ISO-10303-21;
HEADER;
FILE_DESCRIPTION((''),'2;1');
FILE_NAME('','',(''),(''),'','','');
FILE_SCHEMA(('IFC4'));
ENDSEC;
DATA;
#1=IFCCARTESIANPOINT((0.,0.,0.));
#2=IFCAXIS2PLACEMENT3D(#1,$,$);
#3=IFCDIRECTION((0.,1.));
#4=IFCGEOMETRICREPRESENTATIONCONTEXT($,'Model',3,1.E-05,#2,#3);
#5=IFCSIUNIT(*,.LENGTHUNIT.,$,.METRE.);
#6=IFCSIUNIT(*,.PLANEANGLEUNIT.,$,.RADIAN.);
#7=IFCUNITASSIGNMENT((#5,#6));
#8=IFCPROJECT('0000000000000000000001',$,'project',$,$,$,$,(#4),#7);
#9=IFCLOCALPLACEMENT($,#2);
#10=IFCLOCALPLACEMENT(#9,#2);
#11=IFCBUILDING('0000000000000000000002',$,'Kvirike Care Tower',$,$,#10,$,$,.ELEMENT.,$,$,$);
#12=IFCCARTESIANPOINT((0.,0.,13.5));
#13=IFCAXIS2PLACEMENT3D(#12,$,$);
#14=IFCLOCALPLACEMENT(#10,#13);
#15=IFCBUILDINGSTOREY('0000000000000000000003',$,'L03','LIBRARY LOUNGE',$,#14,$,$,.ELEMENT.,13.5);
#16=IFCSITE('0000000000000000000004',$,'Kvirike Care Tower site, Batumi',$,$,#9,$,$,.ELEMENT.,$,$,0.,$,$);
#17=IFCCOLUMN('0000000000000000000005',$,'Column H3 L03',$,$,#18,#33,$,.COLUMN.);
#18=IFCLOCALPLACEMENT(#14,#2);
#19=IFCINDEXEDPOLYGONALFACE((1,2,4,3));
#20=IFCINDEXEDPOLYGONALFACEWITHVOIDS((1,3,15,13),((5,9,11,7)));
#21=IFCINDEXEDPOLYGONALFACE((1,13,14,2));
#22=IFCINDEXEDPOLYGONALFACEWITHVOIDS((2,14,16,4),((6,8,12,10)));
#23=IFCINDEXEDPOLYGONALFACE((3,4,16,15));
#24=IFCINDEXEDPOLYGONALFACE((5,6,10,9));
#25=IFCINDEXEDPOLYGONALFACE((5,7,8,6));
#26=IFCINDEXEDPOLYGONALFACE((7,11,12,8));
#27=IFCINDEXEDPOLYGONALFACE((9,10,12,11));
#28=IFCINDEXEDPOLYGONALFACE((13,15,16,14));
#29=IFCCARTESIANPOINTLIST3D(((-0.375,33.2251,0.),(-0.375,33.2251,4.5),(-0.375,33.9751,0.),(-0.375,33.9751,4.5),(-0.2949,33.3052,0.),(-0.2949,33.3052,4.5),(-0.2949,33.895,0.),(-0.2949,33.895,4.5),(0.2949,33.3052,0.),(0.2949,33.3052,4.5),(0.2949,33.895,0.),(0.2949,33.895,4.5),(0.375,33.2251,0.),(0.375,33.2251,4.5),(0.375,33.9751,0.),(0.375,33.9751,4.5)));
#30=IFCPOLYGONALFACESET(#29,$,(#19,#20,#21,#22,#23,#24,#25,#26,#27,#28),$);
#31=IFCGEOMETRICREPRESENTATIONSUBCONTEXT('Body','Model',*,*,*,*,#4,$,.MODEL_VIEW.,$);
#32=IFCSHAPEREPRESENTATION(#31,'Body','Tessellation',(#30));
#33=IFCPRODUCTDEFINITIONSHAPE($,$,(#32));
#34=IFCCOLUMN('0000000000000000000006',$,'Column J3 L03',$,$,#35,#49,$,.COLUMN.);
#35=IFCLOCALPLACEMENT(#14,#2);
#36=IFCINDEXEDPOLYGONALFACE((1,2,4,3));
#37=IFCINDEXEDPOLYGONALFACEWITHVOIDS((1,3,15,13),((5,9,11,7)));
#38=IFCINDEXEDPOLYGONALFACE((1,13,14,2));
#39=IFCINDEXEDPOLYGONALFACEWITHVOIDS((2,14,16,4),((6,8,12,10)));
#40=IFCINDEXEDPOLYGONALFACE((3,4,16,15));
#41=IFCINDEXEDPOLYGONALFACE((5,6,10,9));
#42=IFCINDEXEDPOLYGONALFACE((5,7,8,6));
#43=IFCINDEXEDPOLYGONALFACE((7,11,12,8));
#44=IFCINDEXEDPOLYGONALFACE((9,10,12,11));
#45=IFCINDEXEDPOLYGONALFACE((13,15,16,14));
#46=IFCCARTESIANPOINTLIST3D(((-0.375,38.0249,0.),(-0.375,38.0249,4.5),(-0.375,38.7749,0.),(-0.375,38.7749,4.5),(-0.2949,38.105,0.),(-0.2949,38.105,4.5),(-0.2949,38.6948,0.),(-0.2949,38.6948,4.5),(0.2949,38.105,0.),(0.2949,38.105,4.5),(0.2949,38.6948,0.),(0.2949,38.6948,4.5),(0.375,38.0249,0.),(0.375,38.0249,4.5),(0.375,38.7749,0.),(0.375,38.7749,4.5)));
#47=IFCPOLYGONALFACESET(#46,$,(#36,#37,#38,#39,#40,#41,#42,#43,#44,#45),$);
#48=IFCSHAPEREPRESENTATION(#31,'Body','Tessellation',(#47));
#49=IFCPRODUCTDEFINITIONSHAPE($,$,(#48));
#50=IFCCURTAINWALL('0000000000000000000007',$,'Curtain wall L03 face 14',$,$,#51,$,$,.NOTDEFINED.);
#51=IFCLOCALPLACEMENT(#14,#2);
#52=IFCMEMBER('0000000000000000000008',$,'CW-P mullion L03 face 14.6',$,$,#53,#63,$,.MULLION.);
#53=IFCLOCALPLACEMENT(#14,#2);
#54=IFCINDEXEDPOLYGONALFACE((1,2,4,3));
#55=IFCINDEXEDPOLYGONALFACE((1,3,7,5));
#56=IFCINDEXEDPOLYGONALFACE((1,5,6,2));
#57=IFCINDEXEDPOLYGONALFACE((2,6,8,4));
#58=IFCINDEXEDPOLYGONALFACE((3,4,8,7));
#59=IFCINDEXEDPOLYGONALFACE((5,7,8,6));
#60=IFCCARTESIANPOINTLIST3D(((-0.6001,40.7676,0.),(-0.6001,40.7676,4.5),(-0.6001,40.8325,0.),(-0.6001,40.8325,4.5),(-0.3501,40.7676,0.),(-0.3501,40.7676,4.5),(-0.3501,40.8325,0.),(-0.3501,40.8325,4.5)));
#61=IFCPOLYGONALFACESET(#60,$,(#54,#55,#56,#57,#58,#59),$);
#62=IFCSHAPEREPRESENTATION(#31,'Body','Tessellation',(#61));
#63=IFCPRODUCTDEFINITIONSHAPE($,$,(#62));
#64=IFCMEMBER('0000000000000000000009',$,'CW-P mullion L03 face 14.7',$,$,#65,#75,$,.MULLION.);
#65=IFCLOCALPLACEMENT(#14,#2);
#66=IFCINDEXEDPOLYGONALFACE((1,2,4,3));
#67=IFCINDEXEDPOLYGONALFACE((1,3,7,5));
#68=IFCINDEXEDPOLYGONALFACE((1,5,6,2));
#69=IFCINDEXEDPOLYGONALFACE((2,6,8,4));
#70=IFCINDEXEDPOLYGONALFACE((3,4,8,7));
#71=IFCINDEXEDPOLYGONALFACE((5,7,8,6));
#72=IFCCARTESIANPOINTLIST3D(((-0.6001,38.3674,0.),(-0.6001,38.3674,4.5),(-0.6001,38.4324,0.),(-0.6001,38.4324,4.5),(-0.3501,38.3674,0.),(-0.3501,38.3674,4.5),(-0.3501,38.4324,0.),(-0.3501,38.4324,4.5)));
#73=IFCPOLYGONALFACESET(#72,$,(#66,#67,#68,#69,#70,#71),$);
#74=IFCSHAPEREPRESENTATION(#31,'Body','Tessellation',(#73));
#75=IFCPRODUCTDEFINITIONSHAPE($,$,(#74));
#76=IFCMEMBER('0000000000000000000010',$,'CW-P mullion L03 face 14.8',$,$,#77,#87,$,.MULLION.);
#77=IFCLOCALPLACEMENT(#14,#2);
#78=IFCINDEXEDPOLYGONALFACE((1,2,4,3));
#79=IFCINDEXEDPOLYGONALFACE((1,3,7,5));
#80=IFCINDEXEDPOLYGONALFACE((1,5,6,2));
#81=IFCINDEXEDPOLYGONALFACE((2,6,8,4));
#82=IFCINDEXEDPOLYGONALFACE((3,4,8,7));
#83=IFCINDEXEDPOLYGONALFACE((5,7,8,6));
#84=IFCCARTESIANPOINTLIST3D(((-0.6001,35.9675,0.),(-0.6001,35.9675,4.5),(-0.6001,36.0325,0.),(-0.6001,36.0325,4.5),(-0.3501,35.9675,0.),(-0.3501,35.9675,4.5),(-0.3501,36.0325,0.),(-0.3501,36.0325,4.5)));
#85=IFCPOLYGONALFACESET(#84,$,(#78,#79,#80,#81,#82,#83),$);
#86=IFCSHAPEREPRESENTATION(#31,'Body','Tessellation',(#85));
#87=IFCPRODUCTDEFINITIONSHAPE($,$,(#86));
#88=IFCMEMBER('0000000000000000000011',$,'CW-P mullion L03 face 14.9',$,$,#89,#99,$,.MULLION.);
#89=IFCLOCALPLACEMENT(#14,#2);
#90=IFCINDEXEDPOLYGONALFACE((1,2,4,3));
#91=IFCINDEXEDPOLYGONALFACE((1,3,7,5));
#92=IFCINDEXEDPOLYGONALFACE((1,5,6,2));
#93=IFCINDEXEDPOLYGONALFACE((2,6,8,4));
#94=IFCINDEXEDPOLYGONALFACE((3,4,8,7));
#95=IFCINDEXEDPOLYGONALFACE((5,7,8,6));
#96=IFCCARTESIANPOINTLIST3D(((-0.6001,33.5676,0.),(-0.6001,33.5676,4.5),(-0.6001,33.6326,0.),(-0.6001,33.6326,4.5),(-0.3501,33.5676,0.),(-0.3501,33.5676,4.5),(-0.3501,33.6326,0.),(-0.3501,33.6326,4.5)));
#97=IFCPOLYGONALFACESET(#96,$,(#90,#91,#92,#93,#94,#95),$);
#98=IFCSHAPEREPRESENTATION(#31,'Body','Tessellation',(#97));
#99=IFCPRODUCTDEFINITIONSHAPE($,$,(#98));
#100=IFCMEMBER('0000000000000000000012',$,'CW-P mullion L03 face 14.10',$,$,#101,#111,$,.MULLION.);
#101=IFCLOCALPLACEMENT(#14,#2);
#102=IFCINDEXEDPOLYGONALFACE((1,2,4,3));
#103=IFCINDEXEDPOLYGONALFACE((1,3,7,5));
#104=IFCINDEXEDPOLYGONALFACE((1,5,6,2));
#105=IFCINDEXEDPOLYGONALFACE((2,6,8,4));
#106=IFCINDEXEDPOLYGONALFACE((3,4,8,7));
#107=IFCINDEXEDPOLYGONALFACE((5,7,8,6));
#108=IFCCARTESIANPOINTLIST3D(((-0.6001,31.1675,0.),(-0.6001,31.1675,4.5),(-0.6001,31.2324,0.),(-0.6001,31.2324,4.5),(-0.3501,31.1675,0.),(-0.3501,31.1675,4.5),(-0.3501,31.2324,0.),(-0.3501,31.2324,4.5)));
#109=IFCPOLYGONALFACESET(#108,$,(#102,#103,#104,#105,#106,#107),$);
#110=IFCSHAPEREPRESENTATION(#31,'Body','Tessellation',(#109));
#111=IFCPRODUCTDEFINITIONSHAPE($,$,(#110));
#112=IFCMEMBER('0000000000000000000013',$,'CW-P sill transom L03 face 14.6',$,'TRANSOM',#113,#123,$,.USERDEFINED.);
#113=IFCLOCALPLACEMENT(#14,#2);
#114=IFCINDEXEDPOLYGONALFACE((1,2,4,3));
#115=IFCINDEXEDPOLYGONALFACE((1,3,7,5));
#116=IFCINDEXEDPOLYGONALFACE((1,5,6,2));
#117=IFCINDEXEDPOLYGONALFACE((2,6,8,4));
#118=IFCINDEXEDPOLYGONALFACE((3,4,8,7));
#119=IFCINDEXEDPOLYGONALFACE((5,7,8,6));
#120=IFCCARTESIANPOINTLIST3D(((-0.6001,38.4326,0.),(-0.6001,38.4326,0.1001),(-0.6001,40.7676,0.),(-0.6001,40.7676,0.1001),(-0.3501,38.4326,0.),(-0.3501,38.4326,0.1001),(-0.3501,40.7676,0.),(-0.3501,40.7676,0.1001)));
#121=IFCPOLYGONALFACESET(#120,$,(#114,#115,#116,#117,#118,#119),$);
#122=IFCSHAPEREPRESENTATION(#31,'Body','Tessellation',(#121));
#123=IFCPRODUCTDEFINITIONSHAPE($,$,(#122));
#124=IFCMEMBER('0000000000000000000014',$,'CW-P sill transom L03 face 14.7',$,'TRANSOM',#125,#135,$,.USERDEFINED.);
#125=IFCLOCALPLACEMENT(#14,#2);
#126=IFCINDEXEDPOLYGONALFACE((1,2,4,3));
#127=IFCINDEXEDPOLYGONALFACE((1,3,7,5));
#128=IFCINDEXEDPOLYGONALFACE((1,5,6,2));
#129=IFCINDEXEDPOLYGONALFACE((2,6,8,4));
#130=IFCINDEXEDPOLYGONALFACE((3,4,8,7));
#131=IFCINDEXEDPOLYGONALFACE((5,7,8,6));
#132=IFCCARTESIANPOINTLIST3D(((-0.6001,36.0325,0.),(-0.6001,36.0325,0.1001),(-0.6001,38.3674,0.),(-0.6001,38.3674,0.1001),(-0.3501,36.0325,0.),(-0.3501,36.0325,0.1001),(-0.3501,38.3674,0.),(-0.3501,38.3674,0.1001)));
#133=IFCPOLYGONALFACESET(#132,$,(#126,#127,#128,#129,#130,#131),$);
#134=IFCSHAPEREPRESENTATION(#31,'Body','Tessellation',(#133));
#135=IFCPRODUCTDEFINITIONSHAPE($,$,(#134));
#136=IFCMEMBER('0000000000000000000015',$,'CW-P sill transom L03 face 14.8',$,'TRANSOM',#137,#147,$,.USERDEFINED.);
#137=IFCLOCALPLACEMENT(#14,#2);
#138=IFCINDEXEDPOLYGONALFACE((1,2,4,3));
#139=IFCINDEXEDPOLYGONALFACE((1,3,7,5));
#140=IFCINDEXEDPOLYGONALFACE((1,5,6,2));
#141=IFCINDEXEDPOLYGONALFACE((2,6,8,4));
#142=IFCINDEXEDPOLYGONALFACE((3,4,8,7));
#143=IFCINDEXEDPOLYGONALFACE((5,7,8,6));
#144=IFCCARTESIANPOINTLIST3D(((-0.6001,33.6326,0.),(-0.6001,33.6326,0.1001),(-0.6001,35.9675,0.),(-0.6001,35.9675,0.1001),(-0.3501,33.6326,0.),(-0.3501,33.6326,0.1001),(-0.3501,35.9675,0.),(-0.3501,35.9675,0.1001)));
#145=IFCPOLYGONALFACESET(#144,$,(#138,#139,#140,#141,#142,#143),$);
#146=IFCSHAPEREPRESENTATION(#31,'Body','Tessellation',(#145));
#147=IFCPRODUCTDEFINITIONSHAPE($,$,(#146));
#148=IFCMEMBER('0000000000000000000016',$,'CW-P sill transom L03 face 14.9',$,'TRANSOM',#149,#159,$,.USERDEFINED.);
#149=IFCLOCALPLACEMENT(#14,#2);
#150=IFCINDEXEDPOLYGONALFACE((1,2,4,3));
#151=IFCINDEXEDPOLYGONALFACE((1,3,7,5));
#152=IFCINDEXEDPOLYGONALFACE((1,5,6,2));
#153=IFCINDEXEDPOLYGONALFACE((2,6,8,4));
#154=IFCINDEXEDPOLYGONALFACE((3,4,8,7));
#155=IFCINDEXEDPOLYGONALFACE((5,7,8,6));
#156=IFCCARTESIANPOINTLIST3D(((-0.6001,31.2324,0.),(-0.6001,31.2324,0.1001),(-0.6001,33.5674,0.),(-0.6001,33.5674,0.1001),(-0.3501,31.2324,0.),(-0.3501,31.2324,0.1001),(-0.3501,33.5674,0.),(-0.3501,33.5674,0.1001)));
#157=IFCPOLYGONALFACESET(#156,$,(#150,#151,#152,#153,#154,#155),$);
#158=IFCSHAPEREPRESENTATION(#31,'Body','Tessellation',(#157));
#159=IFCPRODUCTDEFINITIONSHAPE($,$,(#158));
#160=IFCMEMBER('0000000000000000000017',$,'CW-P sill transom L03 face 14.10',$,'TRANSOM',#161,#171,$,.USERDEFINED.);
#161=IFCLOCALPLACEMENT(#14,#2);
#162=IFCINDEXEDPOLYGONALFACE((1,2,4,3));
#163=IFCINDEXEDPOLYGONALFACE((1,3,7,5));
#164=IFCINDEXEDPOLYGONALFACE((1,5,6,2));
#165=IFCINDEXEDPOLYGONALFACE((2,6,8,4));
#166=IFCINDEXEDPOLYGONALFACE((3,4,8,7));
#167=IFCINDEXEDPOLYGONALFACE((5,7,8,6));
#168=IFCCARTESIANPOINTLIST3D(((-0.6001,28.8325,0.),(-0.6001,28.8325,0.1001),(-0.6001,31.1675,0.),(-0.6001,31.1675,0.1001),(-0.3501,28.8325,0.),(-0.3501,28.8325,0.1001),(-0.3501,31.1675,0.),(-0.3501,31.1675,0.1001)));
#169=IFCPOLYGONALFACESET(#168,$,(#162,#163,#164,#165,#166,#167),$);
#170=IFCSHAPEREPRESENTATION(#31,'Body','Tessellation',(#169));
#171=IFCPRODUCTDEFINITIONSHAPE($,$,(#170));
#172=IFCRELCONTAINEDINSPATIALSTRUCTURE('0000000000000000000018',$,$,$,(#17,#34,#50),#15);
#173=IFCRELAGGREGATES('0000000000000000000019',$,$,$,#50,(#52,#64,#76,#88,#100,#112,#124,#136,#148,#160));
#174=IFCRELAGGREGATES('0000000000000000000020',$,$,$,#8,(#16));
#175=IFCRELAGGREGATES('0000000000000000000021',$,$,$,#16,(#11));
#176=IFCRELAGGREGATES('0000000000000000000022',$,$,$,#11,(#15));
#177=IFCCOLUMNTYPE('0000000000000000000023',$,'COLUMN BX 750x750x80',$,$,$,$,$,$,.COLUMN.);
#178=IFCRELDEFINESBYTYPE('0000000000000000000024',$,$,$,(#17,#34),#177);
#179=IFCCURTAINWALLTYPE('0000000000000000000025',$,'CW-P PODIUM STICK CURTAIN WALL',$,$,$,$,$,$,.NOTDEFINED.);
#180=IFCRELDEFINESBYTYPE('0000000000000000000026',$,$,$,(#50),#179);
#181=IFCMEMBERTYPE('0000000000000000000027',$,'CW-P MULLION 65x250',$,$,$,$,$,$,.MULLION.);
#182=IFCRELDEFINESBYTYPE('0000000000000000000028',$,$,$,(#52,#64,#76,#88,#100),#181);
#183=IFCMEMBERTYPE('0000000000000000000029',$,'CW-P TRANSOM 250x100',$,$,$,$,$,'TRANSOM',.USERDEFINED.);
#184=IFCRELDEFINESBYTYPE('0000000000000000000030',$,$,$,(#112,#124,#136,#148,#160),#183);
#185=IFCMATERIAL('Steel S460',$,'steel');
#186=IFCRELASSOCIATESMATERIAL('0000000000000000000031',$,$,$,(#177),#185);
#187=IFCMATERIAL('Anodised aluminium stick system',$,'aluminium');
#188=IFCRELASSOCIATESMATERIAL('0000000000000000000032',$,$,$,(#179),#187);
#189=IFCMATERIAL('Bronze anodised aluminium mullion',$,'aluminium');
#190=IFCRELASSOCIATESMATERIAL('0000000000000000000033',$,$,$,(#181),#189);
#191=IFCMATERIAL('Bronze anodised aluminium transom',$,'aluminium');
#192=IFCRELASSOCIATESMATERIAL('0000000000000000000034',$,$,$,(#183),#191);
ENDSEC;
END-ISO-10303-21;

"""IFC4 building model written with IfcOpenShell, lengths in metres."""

from ifc_helpers import new_model, si_unit, direction, frame, origin, origin_2d, place, context, subcontext, project, spatial, rectangle, hollow_rectangle, extrude, material, material_profile, profile_set, type_object, element, aggregate, save


model = new_model("IFC4")

# Units and contexts
model_context = context("Model", 3, precision=1e-05, world=origin(), true_north=direction((0.0, 1.0)))
body_context = subcontext(model_context, "Body", "Model", "MODEL_VIEW")
ifc_project = project(units=[si_unit("LENGTHUNIT", "METRE"), si_unit("PLANEANGLEUNIT", "RADIAN")], contexts=[model_context])

# Site, building, storey
site_placement = place(None, origin())
site = spatial("IfcSite", under=ifc_project, at=site_placement, Name="Kvirike Care Tower site, Batumi", CompositionType="ELEMENT", RefElevation=0.0)
building_placement = place(site_placement, origin())
building = spatial("IfcBuilding", under=site, at=building_placement, Name="Kvirike Care Tower", CompositionType="ELEMENT")
storey_placement = place(building_placement, frame((0.0, 0.0, 13.5)))
storey = spatial("IfcBuildingStorey", under=building, at=storey_placement, Name="L03", Description="LIBRARY LOUNGE", CompositionType="ELEMENT", Elevation=13.5)

# Columns
ifc_material_1 = material(Name="Steel S460", Category="steel")
ifc_material_profile_1 = material_profile(ifc_material_1, hollow_rectangle(XDim=0.75, YDim=0.75, WallThickness=0.0801, at=origin_2d()), Name="BX 750x750x80")
ifc_profile_set_1 = profile_set([ifc_material_profile_1], Name="Steel S460")
column_type = type_object("IfcColumnType", Name="COLUMN BX 750x750x80", PredefinedType="COLUMN", material=ifc_profile_set_1)
for number, where, z_axis, x_axis, name in (
    (1, (0.0, 33.6001, 0.0), (0.0, 0.0, 1.0), (1.0, 0.0, 0.0), "Column H3 L03"),
    (2, (0.0, 38.3999, 0.0), (0.0, 0.0, 1.0), (1.0, 0.0, 0.0), "Column J3 L03"),
):
    element("IfcColumn", number, at=place(storey_placement, frame(where, z_axis=z_axis, x_axis=x_axis)), inside=storey, type_object=column_type, Name=name, PredefinedType="COLUMN", context=body_context, shape_type="SweptSolid", body=[
        extrude(hollow_rectangle(XDim=0.75, YDim=0.75, WallThickness=0.0801, at=origin_2d()), origin(), (0.0, 0.0, 1.0), 4.5),
    ])

# Curtain wall, members
ifc_material_2 = material(Name="Anodised aluminium stick system", Category="aluminium")
curtain_wall_type = type_object("IfcCurtainWallType", Name="CW-P PODIUM STICK CURTAIN WALL", PredefinedType="NOTDEFINED", material=ifc_material_2)
curtain_wall_placement = place(storey_placement, origin())
curtain_wall = element("IfcCurtainWall", 3, at=curtain_wall_placement, inside=storey, type_object=curtain_wall_type, Name="Curtain wall L03 face 14", PredefinedType="NOTDEFINED")
ifc_material_3 = material(Name="Bronze anodised aluminium mullion", Category="aluminium")
ifc_material_profile_2 = material_profile(ifc_material_3, rectangle(XDim=0.0649, YDim=0.25, at=origin_2d()), Name="CW-P MULLION 65x250")
ifc_profile_set_2 = profile_set([ifc_material_profile_2], Name="Bronze anodised aluminium mullion")
member_type_1 = type_object("IfcMemberType", Name="CW-P MULLION 65x250", PredefinedType="MULLION", material=ifc_profile_set_2)
member_1_placement = place(storey_placement, frame((-0.4751, 40.8, 0.0), z_axis=(0.0, 0.0, 1.0), x_axis=(0.0, -1.0, 0.0)))
member_1 = element("IfcMember", 4, at=member_1_placement, type_object=member_type_1, Name="CW-P mullion L03 face 14.6", PredefinedType="MULLION", context=body_context, shape_type="SweptSolid", body=[
    extrude(rectangle(XDim=0.0649, YDim=0.25, at=origin_2d()), origin(), (0.0, 0.0, 1.0), 4.5),
])
member_2_placement = place(storey_placement, frame((-0.4751, 38.3999, 0.0), z_axis=(0.0, 0.0, 1.0), x_axis=(0.0, -1.0, 0.0)))
member_2 = element("IfcMember", 5, at=member_2_placement, type_object=member_type_1, Name="CW-P mullion L03 face 14.7", PredefinedType="MULLION", context=body_context, shape_type="SweptSolid", body=[
    extrude(rectangle(XDim=0.0649, YDim=0.25, at=origin_2d()), origin(), (0.0, 0.0, 1.0), 4.5),
])
member_3_placement = place(storey_placement, frame((-0.4751, 36.0, 0.0), z_axis=(0.0, 0.0, 1.0), x_axis=(0.0, -1.0, 0.0)))
member_3 = element("IfcMember", 6, at=member_3_placement, type_object=member_type_1, Name="CW-P mullion L03 face 14.8", PredefinedType="MULLION", context=body_context, shape_type="SweptSolid", body=[
    extrude(rectangle(XDim=0.0649, YDim=0.25, at=origin_2d()), origin(), (0.0, 0.0, 1.0), 4.5),
])
member_4_placement = place(storey_placement, frame((-0.4751, 33.6001, 0.0), z_axis=(0.0, 0.0, 1.0), x_axis=(0.0, -1.0, 0.0)))
member_4 = element("IfcMember", 7, at=member_4_placement, type_object=member_type_1, Name="CW-P mullion L03 face 14.9", PredefinedType="MULLION", context=body_context, shape_type="SweptSolid", body=[
    extrude(rectangle(XDim=0.0649, YDim=0.25, at=origin_2d()), origin(), (0.0, 0.0, 1.0), 4.5),
])
member_5_placement = place(storey_placement, frame((-0.4751, 31.2, 0.0), z_axis=(0.0, 0.0, 1.0), x_axis=(0.0, -1.0, 0.0)))
member_5 = element("IfcMember", 8, at=member_5_placement, type_object=member_type_1, Name="CW-P mullion L03 face 14.10", PredefinedType="MULLION", context=body_context, shape_type="SweptSolid", body=[
    extrude(rectangle(XDim=0.0649, YDim=0.25, at=origin_2d()), origin(), (0.0, 0.0, 1.0), 4.5),
])
ifc_material_4 = material(Name="Bronze anodised aluminium transom", Category="aluminium")
ifc_material_profile_3 = material_profile(ifc_material_4, rectangle(XDim=0.25, YDim=0.1001, at=origin_2d()), Name="CW-P TRANSOM 250x100")
ifc_profile_set_3 = profile_set([ifc_material_profile_3], Name="Bronze anodised aluminium transom")
member_type_2 = type_object("IfcMemberType", Name="CW-P TRANSOM 250x100", ElementType="TRANSOM", PredefinedType="USERDEFINED", material=ifc_profile_set_3)
member_6_placement = place(storey_placement, frame((-0.4751, 40.7676, 0.05), z_axis=(0.0, -1.0, 0.0), x_axis=(1.0, 0.0, 0.0)))
member_6 = element("IfcMember", 9, at=member_6_placement, type_object=member_type_2, Name="CW-P sill transom L03 face 14.6", ObjectType="TRANSOM", PredefinedType="USERDEFINED", context=body_context, shape_type="SweptSolid", body=[
    extrude(rectangle(XDim=0.25, YDim=0.1001, at=origin_2d()), origin(), (0.0, 0.0, 1.0), 2.335),
])
member_7_placement = place(storey_placement, frame((-0.4751, 38.3674, 0.05), z_axis=(0.0, -1.0, 0.0), x_axis=(1.0, 0.0, 0.0)))
member_7 = element("IfcMember", 10, at=member_7_placement, type_object=member_type_2, Name="CW-P sill transom L03 face 14.7", ObjectType="TRANSOM", PredefinedType="USERDEFINED", context=body_context, shape_type="SweptSolid", body=[
    extrude(rectangle(XDim=0.25, YDim=0.1001, at=origin_2d()), origin(), (0.0, 0.0, 1.0), 2.335),
])
member_8_placement = place(storey_placement, frame((-0.4751, 35.9675, 0.05), z_axis=(0.0, -1.0, 0.0), x_axis=(1.0, 0.0, 0.0)))
member_8 = element("IfcMember", 11, at=member_8_placement, type_object=member_type_2, Name="CW-P sill transom L03 face 14.8", ObjectType="TRANSOM", PredefinedType="USERDEFINED", context=body_context, shape_type="SweptSolid", body=[
    extrude(rectangle(XDim=0.25, YDim=0.1001, at=origin_2d()), origin(), (0.0, 0.0, 1.0), 2.335),
])
member_9_placement = place(storey_placement, frame((-0.4751, 33.5674, 0.05), z_axis=(0.0, -1.0, 0.0), x_axis=(1.0, 0.0, 0.0)))
member_9 = element("IfcMember", 12, at=member_9_placement, type_object=member_type_2, Name="CW-P sill transom L03 face 14.9", ObjectType="TRANSOM", PredefinedType="USERDEFINED", context=body_context, shape_type="SweptSolid", body=[
    extrude(rectangle(XDim=0.25, YDim=0.1001, at=origin_2d()), origin(), (0.0, 0.0, 1.0), 2.335),
])
member_10_placement = place(storey_placement, frame((-0.4751, 31.1675, 0.05), z_axis=(0.0, -1.0, 0.0), x_axis=(1.0, 0.0, 0.0)))
member_10 = element("IfcMember", 13, at=member_10_placement, type_object=member_type_2, Name="CW-P sill transom L03 face 14.10", ObjectType="TRANSOM", PredefinedType="USERDEFINED", context=body_context, shape_type="SweptSolid", body=[
    extrude(rectangle(XDim=0.25, YDim=0.1001, at=origin_2d()), origin(), (0.0, 0.0, 1.0), 2.335),
])

aggregate(curtain_wall, [member_1, member_2, member_3, member_4, member_5, member_6, member_7, member_8, member_9, member_10])

save(model, "model.ifc")
